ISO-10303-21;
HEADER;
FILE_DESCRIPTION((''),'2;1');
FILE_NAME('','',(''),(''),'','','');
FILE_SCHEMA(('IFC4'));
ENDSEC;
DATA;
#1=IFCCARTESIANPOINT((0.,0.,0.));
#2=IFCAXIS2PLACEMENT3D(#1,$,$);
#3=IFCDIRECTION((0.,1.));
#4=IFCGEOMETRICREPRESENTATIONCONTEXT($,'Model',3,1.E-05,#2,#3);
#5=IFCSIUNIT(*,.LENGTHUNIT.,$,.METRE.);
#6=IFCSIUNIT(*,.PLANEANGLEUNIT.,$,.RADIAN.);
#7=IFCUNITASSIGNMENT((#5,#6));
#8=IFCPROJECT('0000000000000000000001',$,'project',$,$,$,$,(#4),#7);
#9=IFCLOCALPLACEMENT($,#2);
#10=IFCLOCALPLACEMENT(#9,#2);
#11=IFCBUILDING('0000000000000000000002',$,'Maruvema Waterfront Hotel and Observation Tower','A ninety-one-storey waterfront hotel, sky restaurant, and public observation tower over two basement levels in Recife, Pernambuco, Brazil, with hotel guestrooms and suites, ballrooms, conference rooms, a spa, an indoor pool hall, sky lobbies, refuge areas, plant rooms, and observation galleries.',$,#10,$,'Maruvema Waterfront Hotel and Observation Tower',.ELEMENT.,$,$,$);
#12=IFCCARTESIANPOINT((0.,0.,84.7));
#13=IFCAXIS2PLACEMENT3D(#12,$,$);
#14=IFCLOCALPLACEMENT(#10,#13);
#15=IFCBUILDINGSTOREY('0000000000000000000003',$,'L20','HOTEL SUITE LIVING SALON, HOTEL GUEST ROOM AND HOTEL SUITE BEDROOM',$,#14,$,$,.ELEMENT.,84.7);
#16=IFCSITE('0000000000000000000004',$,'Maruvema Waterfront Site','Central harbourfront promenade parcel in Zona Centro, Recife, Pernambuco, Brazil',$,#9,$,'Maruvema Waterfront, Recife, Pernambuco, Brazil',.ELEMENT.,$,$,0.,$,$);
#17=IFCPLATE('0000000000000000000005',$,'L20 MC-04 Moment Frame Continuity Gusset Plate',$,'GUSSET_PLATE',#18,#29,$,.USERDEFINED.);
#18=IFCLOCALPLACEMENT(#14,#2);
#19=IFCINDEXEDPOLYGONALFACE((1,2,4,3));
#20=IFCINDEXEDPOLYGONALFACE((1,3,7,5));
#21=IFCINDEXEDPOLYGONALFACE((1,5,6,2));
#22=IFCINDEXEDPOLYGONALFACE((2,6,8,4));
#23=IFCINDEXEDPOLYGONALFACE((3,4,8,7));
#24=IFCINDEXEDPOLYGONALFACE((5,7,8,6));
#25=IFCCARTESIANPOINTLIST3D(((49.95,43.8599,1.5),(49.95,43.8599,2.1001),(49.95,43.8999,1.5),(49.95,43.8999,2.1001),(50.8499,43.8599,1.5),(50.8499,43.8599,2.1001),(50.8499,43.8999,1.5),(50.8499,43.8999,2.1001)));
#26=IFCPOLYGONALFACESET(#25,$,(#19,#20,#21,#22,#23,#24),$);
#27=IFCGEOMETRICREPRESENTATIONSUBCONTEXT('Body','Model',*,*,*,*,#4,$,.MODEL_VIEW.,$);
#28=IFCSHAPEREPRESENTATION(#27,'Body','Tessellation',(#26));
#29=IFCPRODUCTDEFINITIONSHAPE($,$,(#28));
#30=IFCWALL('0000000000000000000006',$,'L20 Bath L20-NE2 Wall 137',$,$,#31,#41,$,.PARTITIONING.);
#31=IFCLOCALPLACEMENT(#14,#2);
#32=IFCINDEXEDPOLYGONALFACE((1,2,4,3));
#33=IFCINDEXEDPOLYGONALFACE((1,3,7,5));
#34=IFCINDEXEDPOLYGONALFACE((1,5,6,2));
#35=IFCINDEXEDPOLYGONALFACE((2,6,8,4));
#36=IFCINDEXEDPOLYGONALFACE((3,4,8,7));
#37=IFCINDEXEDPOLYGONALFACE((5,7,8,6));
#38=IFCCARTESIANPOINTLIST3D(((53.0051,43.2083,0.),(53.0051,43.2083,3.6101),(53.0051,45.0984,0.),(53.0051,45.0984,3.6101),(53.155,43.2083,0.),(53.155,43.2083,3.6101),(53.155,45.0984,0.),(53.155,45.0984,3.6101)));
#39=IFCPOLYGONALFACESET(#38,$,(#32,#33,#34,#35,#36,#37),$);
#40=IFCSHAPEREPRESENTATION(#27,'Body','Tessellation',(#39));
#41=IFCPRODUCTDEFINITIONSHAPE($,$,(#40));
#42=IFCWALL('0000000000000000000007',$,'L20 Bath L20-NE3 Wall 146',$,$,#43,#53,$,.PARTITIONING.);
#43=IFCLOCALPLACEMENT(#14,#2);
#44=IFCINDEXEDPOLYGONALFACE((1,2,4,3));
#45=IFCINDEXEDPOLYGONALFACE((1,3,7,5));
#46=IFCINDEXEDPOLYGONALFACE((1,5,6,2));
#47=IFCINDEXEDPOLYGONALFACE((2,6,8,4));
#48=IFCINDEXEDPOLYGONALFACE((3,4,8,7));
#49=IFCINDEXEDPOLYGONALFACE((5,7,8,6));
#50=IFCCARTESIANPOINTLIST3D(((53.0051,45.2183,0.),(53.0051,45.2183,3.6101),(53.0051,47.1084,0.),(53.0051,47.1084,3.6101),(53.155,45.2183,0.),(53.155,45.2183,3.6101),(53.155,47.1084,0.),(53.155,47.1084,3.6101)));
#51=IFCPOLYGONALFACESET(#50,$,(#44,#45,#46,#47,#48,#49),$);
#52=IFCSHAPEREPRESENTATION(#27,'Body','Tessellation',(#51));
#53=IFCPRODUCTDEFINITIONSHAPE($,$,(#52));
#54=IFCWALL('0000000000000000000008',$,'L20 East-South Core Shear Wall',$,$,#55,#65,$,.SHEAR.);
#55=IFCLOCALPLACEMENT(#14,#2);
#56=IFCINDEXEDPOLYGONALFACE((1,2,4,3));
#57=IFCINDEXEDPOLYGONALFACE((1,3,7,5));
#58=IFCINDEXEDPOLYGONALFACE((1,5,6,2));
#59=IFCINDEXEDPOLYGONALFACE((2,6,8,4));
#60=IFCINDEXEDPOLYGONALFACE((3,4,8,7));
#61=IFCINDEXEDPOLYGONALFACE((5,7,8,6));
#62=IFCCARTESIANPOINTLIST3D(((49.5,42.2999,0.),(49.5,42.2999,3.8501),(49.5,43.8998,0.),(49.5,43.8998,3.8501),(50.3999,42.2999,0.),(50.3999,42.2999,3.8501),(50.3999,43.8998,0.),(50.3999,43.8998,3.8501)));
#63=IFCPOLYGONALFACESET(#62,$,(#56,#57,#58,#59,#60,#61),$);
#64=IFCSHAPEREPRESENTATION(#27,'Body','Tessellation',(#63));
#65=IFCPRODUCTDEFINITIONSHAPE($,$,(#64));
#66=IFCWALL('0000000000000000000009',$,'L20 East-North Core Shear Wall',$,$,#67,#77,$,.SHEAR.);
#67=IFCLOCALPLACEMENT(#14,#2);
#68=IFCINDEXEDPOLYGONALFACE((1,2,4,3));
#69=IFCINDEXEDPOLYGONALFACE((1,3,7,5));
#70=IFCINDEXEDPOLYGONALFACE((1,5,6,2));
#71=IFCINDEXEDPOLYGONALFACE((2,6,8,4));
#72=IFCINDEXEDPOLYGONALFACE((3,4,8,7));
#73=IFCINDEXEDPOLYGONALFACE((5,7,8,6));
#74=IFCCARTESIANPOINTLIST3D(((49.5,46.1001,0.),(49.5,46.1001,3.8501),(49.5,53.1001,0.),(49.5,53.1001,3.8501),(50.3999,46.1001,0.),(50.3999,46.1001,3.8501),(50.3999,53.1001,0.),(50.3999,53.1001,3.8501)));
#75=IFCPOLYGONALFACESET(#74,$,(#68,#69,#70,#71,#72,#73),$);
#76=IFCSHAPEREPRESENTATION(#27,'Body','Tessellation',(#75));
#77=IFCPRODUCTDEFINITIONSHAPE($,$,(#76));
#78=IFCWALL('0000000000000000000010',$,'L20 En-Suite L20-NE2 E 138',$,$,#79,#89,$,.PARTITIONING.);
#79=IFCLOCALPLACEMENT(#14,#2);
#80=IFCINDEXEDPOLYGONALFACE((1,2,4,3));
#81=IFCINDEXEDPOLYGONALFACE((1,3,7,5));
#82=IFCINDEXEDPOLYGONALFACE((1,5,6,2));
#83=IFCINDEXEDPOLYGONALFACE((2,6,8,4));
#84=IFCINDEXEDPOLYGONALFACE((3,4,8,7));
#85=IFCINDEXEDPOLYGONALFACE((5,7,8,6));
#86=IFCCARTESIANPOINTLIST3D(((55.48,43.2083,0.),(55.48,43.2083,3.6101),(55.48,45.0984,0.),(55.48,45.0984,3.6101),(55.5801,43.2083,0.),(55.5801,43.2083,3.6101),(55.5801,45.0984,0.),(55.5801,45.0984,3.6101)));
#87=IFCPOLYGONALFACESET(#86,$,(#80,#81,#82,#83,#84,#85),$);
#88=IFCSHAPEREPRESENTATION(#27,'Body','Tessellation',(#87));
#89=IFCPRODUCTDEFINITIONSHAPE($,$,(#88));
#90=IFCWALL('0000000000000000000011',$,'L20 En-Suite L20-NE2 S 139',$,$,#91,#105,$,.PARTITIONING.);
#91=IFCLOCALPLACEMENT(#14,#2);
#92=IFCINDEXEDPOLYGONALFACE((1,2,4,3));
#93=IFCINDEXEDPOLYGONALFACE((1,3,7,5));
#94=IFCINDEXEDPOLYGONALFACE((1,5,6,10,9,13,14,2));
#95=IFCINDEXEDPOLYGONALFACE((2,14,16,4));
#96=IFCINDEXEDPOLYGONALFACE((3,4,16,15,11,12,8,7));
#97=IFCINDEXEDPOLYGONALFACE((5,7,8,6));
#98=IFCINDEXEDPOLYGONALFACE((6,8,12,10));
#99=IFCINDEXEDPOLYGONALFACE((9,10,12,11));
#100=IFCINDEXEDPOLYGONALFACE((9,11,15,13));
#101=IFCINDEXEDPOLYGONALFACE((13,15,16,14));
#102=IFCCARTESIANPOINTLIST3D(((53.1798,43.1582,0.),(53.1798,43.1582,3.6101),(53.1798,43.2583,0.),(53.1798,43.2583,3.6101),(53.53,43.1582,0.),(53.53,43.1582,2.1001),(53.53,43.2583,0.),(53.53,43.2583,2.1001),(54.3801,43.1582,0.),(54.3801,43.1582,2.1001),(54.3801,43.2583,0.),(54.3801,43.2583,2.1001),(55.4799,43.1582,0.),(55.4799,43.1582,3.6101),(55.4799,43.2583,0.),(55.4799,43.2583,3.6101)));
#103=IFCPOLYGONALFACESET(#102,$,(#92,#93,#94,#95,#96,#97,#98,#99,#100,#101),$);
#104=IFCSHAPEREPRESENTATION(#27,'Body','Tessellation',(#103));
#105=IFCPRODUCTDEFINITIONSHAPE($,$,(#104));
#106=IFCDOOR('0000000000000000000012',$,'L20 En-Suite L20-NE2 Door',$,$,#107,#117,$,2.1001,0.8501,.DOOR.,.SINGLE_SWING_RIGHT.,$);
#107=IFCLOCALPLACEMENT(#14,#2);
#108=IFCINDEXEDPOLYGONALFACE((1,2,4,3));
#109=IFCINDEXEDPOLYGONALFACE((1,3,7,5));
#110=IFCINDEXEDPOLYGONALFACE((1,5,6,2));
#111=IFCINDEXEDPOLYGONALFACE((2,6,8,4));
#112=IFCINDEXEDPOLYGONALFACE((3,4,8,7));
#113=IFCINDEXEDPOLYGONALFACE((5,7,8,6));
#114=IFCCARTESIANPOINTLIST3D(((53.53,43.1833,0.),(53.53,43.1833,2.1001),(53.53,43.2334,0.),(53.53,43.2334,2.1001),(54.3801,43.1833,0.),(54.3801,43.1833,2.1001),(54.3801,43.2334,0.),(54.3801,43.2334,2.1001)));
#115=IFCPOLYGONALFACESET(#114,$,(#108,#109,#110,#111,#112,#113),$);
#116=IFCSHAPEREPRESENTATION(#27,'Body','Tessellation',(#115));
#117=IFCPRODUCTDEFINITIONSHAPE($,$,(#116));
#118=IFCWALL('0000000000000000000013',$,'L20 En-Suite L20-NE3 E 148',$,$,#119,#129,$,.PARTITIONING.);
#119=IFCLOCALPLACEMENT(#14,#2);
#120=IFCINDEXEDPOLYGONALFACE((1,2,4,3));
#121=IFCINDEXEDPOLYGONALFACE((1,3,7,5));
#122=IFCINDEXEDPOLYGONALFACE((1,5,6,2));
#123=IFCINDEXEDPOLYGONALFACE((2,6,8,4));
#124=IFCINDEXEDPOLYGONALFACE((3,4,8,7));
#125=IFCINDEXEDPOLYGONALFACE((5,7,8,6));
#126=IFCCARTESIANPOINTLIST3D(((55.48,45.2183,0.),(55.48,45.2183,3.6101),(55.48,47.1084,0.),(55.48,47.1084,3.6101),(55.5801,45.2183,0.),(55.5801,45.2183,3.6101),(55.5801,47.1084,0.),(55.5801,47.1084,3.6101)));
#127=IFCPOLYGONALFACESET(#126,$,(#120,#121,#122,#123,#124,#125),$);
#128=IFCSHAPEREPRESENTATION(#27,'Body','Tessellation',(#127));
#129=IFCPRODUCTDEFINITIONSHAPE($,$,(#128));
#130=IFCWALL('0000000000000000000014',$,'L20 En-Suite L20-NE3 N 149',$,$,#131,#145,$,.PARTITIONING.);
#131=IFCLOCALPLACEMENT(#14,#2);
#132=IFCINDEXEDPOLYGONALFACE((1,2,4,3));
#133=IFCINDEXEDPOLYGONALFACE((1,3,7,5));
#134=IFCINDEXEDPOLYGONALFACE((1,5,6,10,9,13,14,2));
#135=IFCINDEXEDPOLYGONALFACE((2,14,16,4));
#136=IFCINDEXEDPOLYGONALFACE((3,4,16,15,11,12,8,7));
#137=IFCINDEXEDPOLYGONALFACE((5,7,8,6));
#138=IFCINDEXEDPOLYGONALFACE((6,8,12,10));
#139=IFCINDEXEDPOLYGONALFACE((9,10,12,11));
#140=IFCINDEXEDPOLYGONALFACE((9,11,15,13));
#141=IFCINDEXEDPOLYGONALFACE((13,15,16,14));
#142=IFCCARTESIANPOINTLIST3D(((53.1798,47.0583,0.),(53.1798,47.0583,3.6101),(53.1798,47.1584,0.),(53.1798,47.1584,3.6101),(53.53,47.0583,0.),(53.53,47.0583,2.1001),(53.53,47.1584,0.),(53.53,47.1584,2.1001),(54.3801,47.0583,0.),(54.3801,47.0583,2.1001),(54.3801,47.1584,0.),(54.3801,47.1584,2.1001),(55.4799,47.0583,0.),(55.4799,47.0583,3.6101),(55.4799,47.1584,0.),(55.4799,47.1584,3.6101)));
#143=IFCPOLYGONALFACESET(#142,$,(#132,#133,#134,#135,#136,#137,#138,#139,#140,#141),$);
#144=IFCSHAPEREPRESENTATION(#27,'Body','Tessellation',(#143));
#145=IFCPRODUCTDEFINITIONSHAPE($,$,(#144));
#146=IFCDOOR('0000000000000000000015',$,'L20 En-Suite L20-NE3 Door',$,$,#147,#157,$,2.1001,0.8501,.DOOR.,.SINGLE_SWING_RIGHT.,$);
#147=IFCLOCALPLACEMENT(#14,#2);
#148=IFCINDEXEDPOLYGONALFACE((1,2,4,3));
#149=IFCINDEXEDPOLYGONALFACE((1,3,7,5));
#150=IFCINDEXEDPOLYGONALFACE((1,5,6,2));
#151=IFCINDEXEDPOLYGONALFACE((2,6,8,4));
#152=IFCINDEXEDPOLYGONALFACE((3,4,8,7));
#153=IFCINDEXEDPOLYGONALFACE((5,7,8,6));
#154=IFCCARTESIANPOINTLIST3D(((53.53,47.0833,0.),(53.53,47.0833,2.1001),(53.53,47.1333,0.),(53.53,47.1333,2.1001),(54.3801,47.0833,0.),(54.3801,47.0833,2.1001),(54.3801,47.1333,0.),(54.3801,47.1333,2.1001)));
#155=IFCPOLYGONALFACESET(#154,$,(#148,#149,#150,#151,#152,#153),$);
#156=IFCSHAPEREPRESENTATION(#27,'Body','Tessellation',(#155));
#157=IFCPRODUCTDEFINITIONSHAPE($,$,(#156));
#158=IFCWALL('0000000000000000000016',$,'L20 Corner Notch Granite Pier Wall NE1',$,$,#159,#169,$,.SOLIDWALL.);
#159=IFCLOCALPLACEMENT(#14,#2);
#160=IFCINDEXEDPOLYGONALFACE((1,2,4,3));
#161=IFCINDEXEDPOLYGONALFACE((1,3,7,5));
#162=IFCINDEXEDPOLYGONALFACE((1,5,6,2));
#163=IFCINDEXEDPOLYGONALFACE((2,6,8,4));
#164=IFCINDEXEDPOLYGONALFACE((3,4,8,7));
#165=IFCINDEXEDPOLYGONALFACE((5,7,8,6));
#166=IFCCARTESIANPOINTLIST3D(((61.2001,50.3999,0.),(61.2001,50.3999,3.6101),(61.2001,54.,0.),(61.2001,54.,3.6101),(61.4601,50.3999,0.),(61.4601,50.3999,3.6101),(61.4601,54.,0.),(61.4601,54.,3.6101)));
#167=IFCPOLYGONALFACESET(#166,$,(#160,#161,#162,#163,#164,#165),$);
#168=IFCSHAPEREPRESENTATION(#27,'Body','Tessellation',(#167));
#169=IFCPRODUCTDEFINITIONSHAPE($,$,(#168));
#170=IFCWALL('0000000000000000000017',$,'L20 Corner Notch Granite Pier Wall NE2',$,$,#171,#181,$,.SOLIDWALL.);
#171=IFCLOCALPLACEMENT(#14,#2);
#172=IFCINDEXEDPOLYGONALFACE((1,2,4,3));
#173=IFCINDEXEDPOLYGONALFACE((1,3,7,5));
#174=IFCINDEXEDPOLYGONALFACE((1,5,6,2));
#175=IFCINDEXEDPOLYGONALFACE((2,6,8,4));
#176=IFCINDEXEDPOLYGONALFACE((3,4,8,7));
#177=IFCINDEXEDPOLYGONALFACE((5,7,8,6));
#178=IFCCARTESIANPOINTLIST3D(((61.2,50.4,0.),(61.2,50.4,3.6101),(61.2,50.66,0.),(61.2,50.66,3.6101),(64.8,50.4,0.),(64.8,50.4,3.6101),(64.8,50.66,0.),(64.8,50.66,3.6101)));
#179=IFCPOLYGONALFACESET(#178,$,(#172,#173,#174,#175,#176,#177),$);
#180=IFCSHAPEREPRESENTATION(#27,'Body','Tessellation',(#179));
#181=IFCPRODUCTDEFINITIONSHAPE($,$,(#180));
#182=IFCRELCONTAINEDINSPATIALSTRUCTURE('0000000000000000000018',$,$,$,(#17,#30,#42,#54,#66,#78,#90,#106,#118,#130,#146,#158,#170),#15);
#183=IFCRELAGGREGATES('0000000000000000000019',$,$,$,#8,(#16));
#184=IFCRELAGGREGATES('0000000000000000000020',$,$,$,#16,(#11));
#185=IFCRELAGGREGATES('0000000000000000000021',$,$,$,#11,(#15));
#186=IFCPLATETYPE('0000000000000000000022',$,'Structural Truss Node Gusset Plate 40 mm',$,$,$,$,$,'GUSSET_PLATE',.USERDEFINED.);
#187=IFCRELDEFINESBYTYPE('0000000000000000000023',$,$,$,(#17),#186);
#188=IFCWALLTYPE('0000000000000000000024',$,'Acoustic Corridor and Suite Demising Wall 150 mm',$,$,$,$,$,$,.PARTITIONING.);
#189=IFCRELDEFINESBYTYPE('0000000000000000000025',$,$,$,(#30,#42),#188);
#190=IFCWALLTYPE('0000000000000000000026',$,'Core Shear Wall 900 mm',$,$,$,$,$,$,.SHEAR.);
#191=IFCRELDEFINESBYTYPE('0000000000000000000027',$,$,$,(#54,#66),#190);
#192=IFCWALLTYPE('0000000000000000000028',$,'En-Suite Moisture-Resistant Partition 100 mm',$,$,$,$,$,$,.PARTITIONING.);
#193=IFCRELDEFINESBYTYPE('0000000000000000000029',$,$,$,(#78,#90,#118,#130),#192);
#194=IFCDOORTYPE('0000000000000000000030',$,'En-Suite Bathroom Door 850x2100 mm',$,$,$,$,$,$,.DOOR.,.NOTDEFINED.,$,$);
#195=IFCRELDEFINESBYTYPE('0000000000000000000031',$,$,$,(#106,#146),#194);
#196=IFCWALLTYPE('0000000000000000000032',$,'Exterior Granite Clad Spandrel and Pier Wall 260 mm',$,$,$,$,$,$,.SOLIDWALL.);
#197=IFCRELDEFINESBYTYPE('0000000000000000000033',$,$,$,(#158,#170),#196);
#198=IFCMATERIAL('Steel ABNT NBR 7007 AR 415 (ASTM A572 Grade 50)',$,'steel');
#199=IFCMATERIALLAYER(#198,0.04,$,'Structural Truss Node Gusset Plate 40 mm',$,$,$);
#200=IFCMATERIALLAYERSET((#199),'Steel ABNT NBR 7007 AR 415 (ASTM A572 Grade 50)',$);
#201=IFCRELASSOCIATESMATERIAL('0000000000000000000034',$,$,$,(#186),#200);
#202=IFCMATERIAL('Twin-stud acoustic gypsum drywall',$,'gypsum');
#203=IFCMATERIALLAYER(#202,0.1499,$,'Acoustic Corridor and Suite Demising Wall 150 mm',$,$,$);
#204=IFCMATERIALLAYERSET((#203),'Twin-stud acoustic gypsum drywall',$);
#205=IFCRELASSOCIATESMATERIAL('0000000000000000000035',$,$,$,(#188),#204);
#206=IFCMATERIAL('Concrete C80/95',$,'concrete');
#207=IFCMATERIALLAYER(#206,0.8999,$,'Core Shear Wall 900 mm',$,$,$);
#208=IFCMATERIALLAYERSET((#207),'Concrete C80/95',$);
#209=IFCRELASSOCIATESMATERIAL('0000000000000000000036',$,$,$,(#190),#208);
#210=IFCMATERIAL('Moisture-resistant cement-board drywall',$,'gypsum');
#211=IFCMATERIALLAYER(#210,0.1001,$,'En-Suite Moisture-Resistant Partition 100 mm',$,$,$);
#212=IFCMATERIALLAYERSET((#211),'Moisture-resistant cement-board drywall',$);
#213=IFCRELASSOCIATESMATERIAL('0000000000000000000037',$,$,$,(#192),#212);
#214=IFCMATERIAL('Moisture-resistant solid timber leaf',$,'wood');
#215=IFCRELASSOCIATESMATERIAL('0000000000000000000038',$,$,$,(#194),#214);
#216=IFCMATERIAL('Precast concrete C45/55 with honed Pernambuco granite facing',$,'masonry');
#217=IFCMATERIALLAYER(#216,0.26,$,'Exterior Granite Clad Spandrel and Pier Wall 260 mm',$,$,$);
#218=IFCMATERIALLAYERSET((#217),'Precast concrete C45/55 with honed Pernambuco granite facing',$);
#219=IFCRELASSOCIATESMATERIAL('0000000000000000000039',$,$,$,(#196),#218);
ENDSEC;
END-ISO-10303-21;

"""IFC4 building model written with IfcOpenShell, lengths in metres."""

from ifc_helpers import new_model, si_unit, direction, frame, frame_2d, origin, origin_2d, place, context, subcontext, project, spatial, rectangle, extrude, material, layer, layer_set, type_object, element, fill, save


model = new_model("IFC4")

# Units and contexts
model_context = context("Model", 3, precision=1e-05, world=origin(), true_north=direction((0.0, 1.0)))
body_context = subcontext(model_context, "Body", "Model", "MODEL_VIEW")
ifc_project = project(units=[si_unit("LENGTHUNIT", "METRE"), si_unit("PLANEANGLEUNIT", "RADIAN")], contexts=[model_context])

# Site, building, storey
site_placement = place(None, origin())
site = spatial("IfcSite", under=ifc_project, at=site_placement, Name="Maruvema Waterfront Site", Description="Central harbourfront promenade parcel in Zona Centro, Recife, Pernambuco, Brazil", LongName="Maruvema Waterfront, Recife, Pernambuco, Brazil", CompositionType="ELEMENT", RefElevation=0.0)
building_placement = place(site_placement, origin())
building = spatial("IfcBuilding", under=site, at=building_placement, Name="Maruvema Waterfront Hotel and Observation Tower", Description="A ninety-one-storey waterfront hotel, sky restaurant, and public observation tower over two basement levels in Recife, Pernambuco, Brazil, with hotel guestrooms and suites, ballrooms, conference rooms, a spa, an indoor pool hall, sky lobbies, refuge areas, plant rooms, and observation galleries.", LongName="Maruvema Waterfront Hotel and Observation Tower", CompositionType="ELEMENT")
storey_placement = place(building_placement, frame((0.0, 0.0, 84.7)))
storey = spatial("IfcBuildingStorey", under=building, at=storey_placement, Name="L20", Description="HOTEL SUITE LIVING SALON, HOTEL GUEST ROOM AND HOTEL SUITE BEDROOM", CompositionType="ELEMENT", Elevation=84.7)

# Plate
ifc_material_1 = material(Name="Steel ABNT NBR 7007 AR 415 (ASTM A572 Grade 50)", Category="steel")
ifc_layer_1 = layer(ifc_material_1, 0.04, Name="Structural Truss Node Gusset Plate 40 mm")
ifc_layer_set_1 = layer_set([ifc_layer_1], Name="Steel ABNT NBR 7007 AR 415 (ASTM A572 Grade 50)")
plate_type_1 = type_object("IfcPlateType", Name="Structural Truss Node Gusset Plate 40 mm", ElementType="GUSSET_PLATE", PredefinedType="USERDEFINED", material=ifc_layer_set_1)
plate_1_placement = place(storey_placement, frame((50.3999, 43.8799, 1.5), z_axis=(0.0, 0.0, 1.0), x_axis=(1.0, 0.0, 0.0)))
element("IfcPlate", 1, at=plate_1_placement, inside=storey, type_object=plate_type_1, Name="L20 MC-04 Moment Frame Continuity Gusset Plate", ObjectType="GUSSET_PLATE", PredefinedType="USERDEFINED", context=body_context, shape_type="SweptSolid", body=[
    extrude(rectangle(XDim=0.8999, YDim=0.04, at=origin_2d()), origin(), (0.0, 0.0, 1.0), 0.6001),
])

# Walls
ifc_material_2 = material(Name="Twin-stud acoustic gypsum drywall", Category="gypsum")
ifc_layer_2 = layer(ifc_material_2, 0.1499, Name="Acoustic Corridor and Suite Demising Wall 150 mm")
ifc_layer_set_2 = layer_set([ifc_layer_2], Name="Twin-stud acoustic gypsum drywall")
wall_type_1 = type_object("IfcWallType", Name="Acoustic Corridor and Suite Demising Wall 150 mm", PredefinedType="PARTITIONING", material=ifc_layer_set_2)
for number, where, z_axis, x_axis, name in (
    (2, (53.0801, 43.2083, 0.0), (0.0, 0.0, 1.0), (0.0, 1.0, 0.0), "L20 Bath L20-NE2 Wall 137"),
    (3, (53.0801, 45.2183, 0.0), (0.0, 0.0, 1.0), (0.0, 1.0, 0.0), "L20 Bath L20-NE3 Wall 146"),
):
    element("IfcWall", number, at=place(storey_placement, frame(where, z_axis=z_axis, x_axis=x_axis)), inside=storey, type_object=wall_type_1, Name=name, PredefinedType="PARTITIONING", context=body_context, shape_type="SweptSolid", body=[
        extrude(rectangle(XDim=1.8901, YDim=0.1499, at=frame_2d((0.9451, 0.0))), origin(), (0.0, 0.0, 1.0), 3.6101),
    ])

# Walls
ifc_material_3 = material(Name="Concrete C80/95", Category="concrete")
ifc_layer_3 = layer(ifc_material_3, 0.8999, Name="Core Shear Wall 900 mm")
ifc_layer_set_3 = layer_set([ifc_layer_3], Name="Concrete C80/95")
wall_type_2 = type_object("IfcWallType", Name="Core Shear Wall 900 mm", PredefinedType="SHEAR", material=ifc_layer_set_3)
wall_1_placement = place(storey_placement, frame((49.95, 42.3, 0.0), z_axis=(0.0, 0.0, 1.0), x_axis=(0.0, 1.0, 0.0)))
element("IfcWall", 4, at=wall_1_placement, inside=storey, type_object=wall_type_2, Name="L20 East-South Core Shear Wall", PredefinedType="SHEAR", context=body_context, shape_type="SweptSolid", body=[
    extrude(rectangle(XDim=1.5999, YDim=0.8999, at=frame_2d((0.7998, 0.0))), origin(), (0.0, 0.0, 1.0), 3.8501),
])
wall_2_placement = place(storey_placement, frame((49.95, 46.1001, 0.0), z_axis=(0.0, 0.0, 1.0), x_axis=(0.0, 1.0, 0.0)))
element("IfcWall", 5, at=wall_2_placement, inside=storey, type_object=wall_type_2, Name="L20 East-North Core Shear Wall", PredefinedType="SHEAR", context=body_context, shape_type="SweptSolid", body=[
    extrude(rectangle(XDim=7.0, YDim=0.8999, at=frame_2d((3.5, 0.0))), origin(), (0.0, 0.0, 1.0), 3.8501),
])
ifc_material_4 = material(Name="Moisture-resistant cement-board drywall", Category="gypsum")
ifc_layer_4 = layer(ifc_material_4, 0.1001, Name="En-Suite Moisture-Resistant Partition 100 mm")
ifc_layer_set_4 = layer_set([ifc_layer_4], Name="Moisture-resistant cement-board drywall")
wall_type_3 = type_object("IfcWallType", Name="En-Suite Moisture-Resistant Partition 100 mm", PredefinedType="PARTITIONING", material=ifc_layer_set_4)
wall_3_placement = place(storey_placement, frame((55.53, 43.2083, 0.0), z_axis=(0.0, 0.0, 1.0), x_axis=(0.0, 1.0, 0.0)))
element("IfcWall", 6, at=wall_3_placement, inside=storey, type_object=wall_type_3, Name="L20 En-Suite L20-NE2 E 138", PredefinedType="PARTITIONING", context=body_context, shape_type="SweptSolid", body=[
    extrude(rectangle(XDim=1.8901, YDim=0.1001, at=frame_2d((0.9451, 0.0))), origin(), (0.0, 0.0, 1.0), 3.6101),
])

# Wall, opening, door
wall_4_placement = place(storey_placement, frame((53.1799, 43.2083, 0.0), z_axis=(0.0, 0.0, 1.0), x_axis=(1.0, 0.0, 0.0)))
wall_4 = element("IfcWall", 7, at=wall_4_placement, inside=storey, type_object=wall_type_3, Name="L20 En-Suite L20-NE2 S 139", PredefinedType="PARTITIONING", context=body_context, shape_type="SweptSolid", body=[
    extrude(rectangle(XDim=2.3, YDim=0.1001, at=frame_2d((1.1499, 0.0))), origin(), (0.0, 0.0, 1.0), 3.6101),
])
opening_1_placement = place(wall_4_placement, frame((0.3501, 0.0, 0.0)))
opening_1 = element("IfcOpeningElement", 8, at=opening_1_placement, cuts=wall_4, PredefinedType="OPENING", context=body_context, shape_type="SweptSolid", body=[
    extrude(rectangle(XDim=0.8501, YDim=2.1001, at=frame_2d((0.425, 1.05))), frame((0.0, 0.0601, 0.0), z_axis=(0.0, -1.0, 0.0), x_axis=(1.0, 0.0, 0.0)), (0.0, 0.0, 1.0), 0.1201),
])
ifc_material_5 = material(Name="Moisture-resistant solid timber leaf", Category="wood")
door_type_1 = type_object("IfcDoorType", Name="En-Suite Bathroom Door 850x2100 mm", OperationType="NOTDEFINED", PredefinedType="DOOR", material=ifc_material_5)
door_1_placement = place(opening_1_placement, frame((0.8501, 0.0, 0.0), z_axis=(0.0, 0.0, 1.0), x_axis=(-1.0, 0.0, 0.0)))
door_1 = element("IfcDoor", 9, at=door_1_placement, inside=storey, type_object=door_type_1, Name="L20 En-Suite L20-NE2 Door", OperationType="SINGLE_SWING_RIGHT", OverallHeight=2.1001, OverallWidth=0.8501, PredefinedType="DOOR", context=body_context, shape_type="SweptSolid", body=[
    extrude(rectangle(XDim=0.8501, YDim=2.1001, at=frame_2d((0.425, 1.05))), frame((0.0, 0.0249, 0.0), z_axis=(0.0, -1.0, 0.0), x_axis=(1.0, 0.0, 0.0)), (0.0, 0.0, 1.0), 0.05),
])
fill(opening_1, door_1)

# Wall
wall_5_placement = place(storey_placement, frame((55.53, 45.2183, 0.0), z_axis=(0.0, 0.0, 1.0), x_axis=(0.0, 1.0, 0.0)))
element("IfcWall", 10, at=wall_5_placement, inside=storey, type_object=wall_type_3, Name="L20 En-Suite L20-NE3 E 148", PredefinedType="PARTITIONING", context=body_context, shape_type="SweptSolid", body=[
    extrude(rectangle(XDim=1.8901, YDim=0.1001, at=frame_2d((0.9451, 0.0))), origin(), (0.0, 0.0, 1.0), 3.6101),
])

# Wall, opening, door
wall_6_placement = place(storey_placement, frame((53.1799, 47.1084, 0.0), z_axis=(0.0, 0.0, 1.0), x_axis=(1.0, 0.0, 0.0)))
wall_6 = element("IfcWall", 11, at=wall_6_placement, inside=storey, type_object=wall_type_3, Name="L20 En-Suite L20-NE3 N 149", PredefinedType="PARTITIONING", context=body_context, shape_type="SweptSolid", body=[
    extrude(rectangle(XDim=2.3, YDim=0.1001, at=frame_2d((1.1499, 0.0))), origin(), (0.0, 0.0, 1.0), 3.6101),
])
opening_2_placement = place(wall_6_placement, frame((0.3501, 0.0, 0.0)))
opening_2 = element("IfcOpeningElement", 12, at=opening_2_placement, cuts=wall_6, PredefinedType="OPENING", context=body_context, shape_type="SweptSolid", body=[
    extrude(rectangle(XDim=0.8501, YDim=2.1001, at=frame_2d((0.425, 1.05))), frame((0.0, 0.0601, 0.0), z_axis=(0.0, -1.0, 0.0), x_axis=(1.0, 0.0, 0.0)), (0.0, 0.0, 1.0), 0.1201),
])
door_2_placement = place(opening_2_placement, origin())
door_2 = element("IfcDoor", 13, at=door_2_placement, inside=storey, type_object=door_type_1, Name="L20 En-Suite L20-NE3 Door", OperationType="SINGLE_SWING_RIGHT", OverallHeight=2.1001, OverallWidth=0.8501, PredefinedType="DOOR", context=body_context, shape_type="SweptSolid", body=[
    extrude(rectangle(XDim=0.8501, YDim=2.1001, at=frame_2d((0.425, 1.05))), frame((0.0, 0.0249, 0.0), z_axis=(0.0, -1.0, 0.0), x_axis=(1.0, 0.0, 0.0)), (0.0, 0.0, 1.0), 0.05),
])
fill(opening_2, door_2)

# Walls
ifc_material_6 = material(Name="Precast concrete C45/55 with honed Pernambuco granite facing", Category="masonry")
ifc_layer_5 = layer(ifc_material_6, 0.26, Name="Exterior Granite Clad Spandrel and Pier Wall 260 mm")
ifc_layer_set_5 = layer_set([ifc_layer_5], Name="Precast concrete C45/55 with honed Pernambuco granite facing")
wall_type_4 = type_object("IfcWallType", Name="Exterior Granite Clad Spandrel and Pier Wall 260 mm", PredefinedType="SOLIDWALL", material=ifc_layer_set_5)
for number, where, z_axis, x_axis, name in (
    (14, (61.3301, 54.0, 0.0), (0.0, 0.0, 1.0), (0.0, -1.0, 0.0), "L20 Corner Notch Granite Pier Wall NE1"),
    (15, (61.2, 50.53, 0.0), (0.0, 0.0, 1.0), (1.0, 0.0, 0.0), "L20 Corner Notch Granite Pier Wall NE2"),
):
    element("IfcWall", number, at=place(storey_placement, frame(where, z_axis=z_axis, x_axis=x_axis)), inside=storey, type_object=wall_type_4, Name=name, PredefinedType="SOLIDWALL", context=body_context, shape_type="SweptSolid", body=[
        extrude(rectangle(XDim=3.6001, YDim=0.26, at=frame_2d((1.8, 0.0))), origin(), (0.0, 0.0, 1.0), 3.6101),
    ])

save(model, "model.ifc")
